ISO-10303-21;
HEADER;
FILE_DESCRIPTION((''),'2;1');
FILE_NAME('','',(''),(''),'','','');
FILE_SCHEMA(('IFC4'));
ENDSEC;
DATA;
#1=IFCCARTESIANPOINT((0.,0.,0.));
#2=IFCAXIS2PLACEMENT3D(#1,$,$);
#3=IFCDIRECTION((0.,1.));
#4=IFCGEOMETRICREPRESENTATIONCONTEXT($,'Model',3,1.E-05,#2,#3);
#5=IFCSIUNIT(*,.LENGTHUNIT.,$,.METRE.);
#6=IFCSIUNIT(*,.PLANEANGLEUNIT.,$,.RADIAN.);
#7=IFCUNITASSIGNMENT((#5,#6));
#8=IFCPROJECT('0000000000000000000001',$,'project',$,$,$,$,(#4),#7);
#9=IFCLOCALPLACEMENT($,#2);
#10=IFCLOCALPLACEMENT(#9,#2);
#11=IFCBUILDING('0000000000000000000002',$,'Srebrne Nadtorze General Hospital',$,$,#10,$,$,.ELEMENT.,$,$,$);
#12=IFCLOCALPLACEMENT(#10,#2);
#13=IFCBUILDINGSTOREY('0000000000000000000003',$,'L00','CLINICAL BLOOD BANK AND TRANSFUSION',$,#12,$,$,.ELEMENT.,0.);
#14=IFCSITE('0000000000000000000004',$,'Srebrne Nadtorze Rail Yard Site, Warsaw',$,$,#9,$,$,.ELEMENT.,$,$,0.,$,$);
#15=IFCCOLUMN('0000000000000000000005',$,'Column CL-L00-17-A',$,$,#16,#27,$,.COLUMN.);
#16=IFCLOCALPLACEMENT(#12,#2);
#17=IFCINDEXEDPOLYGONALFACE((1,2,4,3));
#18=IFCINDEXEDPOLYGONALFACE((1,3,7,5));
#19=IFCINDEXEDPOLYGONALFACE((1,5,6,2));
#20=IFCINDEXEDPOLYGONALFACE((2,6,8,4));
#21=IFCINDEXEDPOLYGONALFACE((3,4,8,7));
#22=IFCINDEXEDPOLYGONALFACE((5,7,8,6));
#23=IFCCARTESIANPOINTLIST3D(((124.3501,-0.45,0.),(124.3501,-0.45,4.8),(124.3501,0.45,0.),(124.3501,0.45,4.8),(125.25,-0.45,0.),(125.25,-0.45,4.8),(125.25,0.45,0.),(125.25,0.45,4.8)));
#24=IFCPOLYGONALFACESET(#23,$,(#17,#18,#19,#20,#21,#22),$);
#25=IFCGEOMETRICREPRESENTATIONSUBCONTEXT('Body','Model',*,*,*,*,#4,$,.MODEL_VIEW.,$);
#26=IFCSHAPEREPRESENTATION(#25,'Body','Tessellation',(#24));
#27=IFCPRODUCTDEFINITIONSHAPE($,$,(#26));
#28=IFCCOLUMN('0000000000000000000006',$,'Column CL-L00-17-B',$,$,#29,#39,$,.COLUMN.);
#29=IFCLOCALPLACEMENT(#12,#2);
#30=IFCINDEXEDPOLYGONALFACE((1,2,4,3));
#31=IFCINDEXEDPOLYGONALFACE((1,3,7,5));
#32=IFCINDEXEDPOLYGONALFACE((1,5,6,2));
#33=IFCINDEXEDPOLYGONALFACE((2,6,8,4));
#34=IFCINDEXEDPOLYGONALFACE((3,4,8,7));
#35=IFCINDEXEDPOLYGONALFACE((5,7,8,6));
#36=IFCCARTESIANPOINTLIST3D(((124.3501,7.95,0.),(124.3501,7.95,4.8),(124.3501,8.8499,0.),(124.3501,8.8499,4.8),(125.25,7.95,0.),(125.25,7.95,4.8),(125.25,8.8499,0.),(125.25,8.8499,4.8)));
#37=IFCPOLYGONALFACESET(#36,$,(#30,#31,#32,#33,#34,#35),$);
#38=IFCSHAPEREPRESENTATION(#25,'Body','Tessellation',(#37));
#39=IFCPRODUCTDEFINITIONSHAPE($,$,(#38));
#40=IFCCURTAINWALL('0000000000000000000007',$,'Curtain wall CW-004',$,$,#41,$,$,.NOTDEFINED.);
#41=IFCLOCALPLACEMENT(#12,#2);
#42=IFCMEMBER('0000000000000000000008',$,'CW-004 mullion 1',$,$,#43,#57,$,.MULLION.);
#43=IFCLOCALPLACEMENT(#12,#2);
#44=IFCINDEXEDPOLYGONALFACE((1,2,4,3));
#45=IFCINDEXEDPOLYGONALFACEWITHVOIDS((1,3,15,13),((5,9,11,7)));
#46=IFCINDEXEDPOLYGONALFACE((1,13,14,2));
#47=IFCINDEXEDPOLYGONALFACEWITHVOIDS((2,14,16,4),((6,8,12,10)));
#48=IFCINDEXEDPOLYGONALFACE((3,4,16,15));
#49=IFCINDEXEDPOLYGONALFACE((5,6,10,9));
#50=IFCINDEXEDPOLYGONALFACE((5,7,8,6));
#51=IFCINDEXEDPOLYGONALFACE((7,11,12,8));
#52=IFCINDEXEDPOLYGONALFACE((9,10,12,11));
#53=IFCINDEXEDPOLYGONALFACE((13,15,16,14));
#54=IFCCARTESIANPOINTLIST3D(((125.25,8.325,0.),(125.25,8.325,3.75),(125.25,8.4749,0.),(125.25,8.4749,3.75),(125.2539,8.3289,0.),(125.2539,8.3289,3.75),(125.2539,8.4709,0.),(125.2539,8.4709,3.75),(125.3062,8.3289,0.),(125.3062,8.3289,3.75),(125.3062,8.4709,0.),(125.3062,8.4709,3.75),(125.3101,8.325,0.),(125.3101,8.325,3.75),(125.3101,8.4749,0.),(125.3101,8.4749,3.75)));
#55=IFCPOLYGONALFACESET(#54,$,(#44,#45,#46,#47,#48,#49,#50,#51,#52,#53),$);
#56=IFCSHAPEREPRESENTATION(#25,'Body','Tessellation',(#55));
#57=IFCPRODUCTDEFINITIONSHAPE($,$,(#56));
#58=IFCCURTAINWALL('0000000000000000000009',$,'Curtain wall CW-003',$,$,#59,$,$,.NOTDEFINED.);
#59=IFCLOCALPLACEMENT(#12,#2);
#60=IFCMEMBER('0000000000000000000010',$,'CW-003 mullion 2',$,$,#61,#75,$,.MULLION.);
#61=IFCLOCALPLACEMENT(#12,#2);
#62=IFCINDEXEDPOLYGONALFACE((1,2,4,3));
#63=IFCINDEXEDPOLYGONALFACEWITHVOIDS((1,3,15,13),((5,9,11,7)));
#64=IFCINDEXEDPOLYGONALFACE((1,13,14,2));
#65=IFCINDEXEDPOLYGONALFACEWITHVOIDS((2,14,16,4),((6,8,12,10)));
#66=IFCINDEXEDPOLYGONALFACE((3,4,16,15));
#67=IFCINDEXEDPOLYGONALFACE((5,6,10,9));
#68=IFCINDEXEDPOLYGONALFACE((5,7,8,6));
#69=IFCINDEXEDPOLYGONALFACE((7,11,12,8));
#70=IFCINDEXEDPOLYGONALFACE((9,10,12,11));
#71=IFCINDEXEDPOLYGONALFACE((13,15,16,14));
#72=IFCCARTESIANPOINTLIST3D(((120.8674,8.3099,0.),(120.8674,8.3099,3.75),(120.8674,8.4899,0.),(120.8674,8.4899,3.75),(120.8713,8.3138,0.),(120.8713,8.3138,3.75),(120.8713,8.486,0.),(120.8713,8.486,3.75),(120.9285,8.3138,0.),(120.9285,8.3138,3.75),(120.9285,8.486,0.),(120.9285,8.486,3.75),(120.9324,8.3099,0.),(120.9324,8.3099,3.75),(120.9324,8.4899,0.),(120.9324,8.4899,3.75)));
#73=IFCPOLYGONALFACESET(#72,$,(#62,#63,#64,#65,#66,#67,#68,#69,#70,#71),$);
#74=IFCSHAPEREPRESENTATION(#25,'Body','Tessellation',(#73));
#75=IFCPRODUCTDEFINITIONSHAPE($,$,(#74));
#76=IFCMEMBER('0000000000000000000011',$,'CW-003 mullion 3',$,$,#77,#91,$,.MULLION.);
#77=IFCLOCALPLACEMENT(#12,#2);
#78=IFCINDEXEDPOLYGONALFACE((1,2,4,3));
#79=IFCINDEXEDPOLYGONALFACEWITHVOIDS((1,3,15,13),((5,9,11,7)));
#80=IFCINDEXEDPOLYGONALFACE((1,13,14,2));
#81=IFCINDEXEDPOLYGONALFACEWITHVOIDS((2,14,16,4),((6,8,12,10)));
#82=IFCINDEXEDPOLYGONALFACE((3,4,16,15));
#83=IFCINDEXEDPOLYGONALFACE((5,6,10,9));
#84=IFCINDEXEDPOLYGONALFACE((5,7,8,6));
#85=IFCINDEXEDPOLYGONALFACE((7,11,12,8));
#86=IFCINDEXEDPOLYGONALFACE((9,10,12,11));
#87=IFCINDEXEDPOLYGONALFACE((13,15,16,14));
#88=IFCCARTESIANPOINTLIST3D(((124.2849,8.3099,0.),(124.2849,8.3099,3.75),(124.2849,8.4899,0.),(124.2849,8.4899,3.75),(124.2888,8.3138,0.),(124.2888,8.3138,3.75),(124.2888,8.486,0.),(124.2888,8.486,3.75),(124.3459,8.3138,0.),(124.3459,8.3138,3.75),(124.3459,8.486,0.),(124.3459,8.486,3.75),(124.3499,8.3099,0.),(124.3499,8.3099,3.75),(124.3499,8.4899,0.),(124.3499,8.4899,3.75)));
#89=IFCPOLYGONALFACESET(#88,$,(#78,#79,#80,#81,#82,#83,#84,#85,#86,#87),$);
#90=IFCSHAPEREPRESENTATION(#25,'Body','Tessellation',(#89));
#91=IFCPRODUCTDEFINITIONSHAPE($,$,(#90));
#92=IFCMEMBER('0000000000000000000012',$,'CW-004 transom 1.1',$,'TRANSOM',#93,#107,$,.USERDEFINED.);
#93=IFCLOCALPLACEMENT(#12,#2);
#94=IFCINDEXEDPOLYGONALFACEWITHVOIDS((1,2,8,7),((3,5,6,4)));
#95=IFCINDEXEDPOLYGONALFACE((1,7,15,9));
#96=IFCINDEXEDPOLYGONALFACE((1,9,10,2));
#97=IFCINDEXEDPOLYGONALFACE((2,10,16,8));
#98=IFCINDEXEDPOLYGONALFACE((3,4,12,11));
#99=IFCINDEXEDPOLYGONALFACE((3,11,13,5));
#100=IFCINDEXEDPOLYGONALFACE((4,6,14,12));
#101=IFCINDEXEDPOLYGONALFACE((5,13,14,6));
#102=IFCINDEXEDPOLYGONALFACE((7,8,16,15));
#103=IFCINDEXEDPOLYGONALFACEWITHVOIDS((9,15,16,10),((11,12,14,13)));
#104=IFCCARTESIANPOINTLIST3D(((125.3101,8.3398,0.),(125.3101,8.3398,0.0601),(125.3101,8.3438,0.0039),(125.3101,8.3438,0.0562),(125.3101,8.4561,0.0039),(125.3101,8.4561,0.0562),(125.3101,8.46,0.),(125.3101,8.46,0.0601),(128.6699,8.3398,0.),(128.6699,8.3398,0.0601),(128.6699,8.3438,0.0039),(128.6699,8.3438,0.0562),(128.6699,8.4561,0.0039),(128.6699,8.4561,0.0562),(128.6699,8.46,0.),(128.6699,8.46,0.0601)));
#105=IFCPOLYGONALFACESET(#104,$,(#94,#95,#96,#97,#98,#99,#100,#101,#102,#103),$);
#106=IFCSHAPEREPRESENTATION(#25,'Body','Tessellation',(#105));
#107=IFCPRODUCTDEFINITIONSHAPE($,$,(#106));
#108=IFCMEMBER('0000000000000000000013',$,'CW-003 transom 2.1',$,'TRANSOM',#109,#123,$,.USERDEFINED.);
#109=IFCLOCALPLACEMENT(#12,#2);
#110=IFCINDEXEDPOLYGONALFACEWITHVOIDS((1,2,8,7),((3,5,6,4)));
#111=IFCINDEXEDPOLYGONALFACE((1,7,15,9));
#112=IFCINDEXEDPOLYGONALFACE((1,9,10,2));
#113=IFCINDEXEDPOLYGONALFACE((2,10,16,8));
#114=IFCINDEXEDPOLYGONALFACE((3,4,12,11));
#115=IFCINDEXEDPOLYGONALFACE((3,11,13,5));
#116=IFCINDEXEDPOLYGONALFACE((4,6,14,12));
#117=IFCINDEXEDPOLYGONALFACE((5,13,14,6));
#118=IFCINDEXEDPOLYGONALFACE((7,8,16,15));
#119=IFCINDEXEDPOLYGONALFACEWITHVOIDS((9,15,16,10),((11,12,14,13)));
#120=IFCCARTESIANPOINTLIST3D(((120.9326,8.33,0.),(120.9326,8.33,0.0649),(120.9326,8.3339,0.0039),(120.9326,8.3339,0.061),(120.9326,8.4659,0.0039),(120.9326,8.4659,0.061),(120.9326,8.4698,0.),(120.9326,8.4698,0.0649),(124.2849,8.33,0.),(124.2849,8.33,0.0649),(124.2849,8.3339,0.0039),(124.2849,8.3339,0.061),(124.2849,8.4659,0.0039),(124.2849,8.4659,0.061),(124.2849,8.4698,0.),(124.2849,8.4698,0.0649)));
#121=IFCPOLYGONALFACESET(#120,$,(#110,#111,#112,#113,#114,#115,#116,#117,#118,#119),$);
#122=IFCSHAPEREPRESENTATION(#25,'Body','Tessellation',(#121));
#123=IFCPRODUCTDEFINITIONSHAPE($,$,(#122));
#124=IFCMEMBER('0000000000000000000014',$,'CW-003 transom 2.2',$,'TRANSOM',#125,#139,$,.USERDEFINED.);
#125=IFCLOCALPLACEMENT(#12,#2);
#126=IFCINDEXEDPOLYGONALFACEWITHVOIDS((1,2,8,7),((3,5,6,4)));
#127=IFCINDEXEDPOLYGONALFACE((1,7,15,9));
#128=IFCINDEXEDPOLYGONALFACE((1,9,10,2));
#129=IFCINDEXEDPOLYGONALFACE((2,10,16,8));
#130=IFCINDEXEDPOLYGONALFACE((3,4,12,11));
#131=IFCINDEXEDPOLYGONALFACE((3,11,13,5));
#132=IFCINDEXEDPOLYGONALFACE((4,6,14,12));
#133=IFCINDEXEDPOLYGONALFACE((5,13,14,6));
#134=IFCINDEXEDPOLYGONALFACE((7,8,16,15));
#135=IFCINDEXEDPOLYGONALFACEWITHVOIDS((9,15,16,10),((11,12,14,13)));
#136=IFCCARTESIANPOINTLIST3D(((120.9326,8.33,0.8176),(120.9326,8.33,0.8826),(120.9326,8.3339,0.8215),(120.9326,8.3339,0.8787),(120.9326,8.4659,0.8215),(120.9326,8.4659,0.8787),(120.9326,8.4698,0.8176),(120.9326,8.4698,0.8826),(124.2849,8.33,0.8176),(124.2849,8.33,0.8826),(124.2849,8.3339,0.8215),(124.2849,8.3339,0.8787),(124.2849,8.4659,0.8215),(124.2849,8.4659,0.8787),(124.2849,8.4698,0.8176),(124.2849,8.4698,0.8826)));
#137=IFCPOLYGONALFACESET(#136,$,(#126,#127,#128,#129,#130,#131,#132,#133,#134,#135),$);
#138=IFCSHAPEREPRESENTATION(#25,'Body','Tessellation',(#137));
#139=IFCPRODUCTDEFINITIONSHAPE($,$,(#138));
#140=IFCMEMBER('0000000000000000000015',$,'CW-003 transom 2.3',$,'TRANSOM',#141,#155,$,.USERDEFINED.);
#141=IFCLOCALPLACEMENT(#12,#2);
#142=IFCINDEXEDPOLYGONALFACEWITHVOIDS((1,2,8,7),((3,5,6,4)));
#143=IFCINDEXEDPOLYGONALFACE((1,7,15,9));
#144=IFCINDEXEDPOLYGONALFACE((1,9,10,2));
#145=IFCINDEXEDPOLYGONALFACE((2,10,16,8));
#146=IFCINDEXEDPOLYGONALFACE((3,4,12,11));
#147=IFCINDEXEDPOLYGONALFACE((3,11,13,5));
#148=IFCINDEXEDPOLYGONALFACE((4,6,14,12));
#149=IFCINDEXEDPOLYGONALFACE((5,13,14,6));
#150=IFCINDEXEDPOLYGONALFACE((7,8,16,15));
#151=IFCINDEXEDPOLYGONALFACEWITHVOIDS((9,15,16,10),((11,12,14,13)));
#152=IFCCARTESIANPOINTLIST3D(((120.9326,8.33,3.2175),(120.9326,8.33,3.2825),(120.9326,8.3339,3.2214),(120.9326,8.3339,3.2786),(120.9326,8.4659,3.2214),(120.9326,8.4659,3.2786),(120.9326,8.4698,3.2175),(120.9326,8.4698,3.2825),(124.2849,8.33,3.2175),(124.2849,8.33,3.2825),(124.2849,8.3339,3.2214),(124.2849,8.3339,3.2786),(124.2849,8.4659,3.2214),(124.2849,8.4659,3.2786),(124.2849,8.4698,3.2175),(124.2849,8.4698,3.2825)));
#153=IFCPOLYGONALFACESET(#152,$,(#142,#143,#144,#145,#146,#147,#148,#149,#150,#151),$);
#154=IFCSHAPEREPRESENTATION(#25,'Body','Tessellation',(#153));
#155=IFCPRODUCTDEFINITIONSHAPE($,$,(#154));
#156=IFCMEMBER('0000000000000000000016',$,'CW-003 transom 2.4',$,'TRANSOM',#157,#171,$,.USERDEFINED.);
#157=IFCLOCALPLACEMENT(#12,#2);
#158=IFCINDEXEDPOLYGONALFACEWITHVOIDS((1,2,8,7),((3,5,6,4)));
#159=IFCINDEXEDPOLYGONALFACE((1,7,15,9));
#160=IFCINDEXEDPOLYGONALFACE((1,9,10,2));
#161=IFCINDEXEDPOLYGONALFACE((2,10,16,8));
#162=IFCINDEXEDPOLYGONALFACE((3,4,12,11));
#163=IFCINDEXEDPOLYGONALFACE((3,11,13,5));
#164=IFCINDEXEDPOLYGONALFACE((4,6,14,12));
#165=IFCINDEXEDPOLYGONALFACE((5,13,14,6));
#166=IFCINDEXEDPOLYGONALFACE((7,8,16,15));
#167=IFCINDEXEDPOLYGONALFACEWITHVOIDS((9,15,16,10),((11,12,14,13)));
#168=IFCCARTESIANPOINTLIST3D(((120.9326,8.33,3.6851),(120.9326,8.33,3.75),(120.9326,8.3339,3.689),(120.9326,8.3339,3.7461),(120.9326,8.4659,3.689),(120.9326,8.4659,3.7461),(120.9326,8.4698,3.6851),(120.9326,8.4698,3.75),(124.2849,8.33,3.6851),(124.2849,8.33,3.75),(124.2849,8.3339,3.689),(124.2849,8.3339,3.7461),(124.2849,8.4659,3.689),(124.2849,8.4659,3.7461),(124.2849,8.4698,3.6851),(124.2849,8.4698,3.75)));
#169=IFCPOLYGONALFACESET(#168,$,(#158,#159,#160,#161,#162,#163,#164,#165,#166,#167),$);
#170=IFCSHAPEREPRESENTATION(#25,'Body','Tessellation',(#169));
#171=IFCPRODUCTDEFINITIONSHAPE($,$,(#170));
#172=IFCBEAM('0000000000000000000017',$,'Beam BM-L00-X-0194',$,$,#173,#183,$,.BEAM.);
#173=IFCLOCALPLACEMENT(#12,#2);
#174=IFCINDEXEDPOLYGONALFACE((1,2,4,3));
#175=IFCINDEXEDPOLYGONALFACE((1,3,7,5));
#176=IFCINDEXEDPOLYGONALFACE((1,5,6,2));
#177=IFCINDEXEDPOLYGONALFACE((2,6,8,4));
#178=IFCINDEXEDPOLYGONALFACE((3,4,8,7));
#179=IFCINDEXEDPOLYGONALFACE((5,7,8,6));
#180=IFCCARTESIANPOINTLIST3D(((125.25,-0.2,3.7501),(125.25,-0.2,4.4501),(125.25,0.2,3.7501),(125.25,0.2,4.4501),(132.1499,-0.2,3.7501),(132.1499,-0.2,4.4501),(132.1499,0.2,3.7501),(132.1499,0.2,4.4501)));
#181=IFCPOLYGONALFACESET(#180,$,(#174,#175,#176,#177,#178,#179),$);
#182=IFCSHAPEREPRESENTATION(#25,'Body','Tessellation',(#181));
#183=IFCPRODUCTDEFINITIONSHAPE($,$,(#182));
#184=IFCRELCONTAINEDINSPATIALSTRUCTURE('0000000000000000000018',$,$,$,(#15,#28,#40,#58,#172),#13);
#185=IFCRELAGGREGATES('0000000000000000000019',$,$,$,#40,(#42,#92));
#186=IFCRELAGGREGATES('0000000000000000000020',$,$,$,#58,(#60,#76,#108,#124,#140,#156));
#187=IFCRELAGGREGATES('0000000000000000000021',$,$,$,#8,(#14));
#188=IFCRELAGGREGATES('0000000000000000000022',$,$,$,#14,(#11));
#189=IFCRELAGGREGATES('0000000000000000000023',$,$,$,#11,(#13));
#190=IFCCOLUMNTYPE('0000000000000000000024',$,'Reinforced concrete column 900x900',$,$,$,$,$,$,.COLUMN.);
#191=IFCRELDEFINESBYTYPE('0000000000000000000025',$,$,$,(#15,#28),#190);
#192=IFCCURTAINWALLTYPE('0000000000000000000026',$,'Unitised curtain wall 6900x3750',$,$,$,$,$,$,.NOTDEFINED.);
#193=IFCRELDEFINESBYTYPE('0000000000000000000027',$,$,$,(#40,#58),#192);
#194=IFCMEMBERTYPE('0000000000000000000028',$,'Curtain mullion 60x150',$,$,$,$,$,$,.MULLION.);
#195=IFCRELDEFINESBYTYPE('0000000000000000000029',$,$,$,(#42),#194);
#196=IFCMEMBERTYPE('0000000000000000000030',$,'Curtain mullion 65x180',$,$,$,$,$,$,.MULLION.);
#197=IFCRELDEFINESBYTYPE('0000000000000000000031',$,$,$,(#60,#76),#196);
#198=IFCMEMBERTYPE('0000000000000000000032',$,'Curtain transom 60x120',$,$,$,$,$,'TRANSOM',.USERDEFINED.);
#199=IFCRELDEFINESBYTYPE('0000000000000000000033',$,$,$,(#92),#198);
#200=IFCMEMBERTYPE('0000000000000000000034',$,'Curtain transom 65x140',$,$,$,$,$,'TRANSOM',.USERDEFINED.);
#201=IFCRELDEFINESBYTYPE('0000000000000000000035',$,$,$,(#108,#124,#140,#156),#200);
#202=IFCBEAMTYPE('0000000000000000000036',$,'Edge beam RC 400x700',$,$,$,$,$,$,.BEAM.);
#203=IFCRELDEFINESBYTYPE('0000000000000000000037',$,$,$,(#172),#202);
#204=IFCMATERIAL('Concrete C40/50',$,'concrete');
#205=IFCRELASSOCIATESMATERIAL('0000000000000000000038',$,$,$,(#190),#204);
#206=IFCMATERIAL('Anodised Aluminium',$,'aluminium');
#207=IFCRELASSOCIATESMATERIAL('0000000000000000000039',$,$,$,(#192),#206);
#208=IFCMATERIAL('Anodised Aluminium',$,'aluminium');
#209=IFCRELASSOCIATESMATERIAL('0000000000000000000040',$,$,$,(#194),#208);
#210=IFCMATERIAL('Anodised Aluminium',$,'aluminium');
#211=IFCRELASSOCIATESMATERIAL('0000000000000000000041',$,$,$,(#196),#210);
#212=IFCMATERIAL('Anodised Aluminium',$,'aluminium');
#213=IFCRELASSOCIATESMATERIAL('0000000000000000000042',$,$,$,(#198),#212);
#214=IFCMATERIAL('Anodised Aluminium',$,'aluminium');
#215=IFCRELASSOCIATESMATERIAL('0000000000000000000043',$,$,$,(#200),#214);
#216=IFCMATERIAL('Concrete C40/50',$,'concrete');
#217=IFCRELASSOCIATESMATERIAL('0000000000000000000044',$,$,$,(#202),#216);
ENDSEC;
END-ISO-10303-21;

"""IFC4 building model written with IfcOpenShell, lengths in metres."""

from ifc_helpers import new_model, si_unit, direction, frame, origin, origin_2d, place, context, subcontext, project, spatial, rectangle, hollow_rectangle, extrude, material, material_profile, profile_set, type_object, element, aggregate, save


model = new_model("IFC4")

# Units and contexts
model_context = context("Model", 3, precision=1e-05, world=origin(), true_north=direction((0.0, 1.0)))
body_context = subcontext(model_context, "Body", "Model", "MODEL_VIEW")
ifc_project = project(units=[si_unit("LENGTHUNIT", "METRE"), si_unit("PLANEANGLEUNIT", "RADIAN")], contexts=[model_context])

# Site, building, storey
site_placement = place(None, origin())
site = spatial("IfcSite", under=ifc_project, at=site_placement, Name="Srebrne Nadtorze Rail Yard Site, Warsaw", CompositionType="ELEMENT", RefElevation=0.0)
building_placement = place(site_placement, origin())
building = spatial("IfcBuilding", under=site, at=building_placement, Name="Srebrne Nadtorze General Hospital", CompositionType="ELEMENT")
storey_placement = place(building_placement, origin())
storey = spatial("IfcBuildingStorey", under=building, at=storey_placement, Name="L00", Description="CLINICAL BLOOD BANK AND TRANSFUSION", CompositionType="ELEMENT", Elevation=0.0)

# Columns
ifc_material_1 = material(Name="Concrete C40/50", Category="concrete")
ifc_material_profile_1 = material_profile(ifc_material_1, rectangle(XDim=0.8999, YDim=0.8999, at=origin_2d()), Name="RC-COL-900x900")
ifc_profile_set_1 = profile_set([ifc_material_profile_1], Name="Concrete C40/50")
column_type = type_object("IfcColumnType", Name="Reinforced concrete column 900x900", PredefinedType="COLUMN", material=ifc_profile_set_1)
for number, where, z_axis, x_axis, name in (
    (1, (124.8, 0.0, 0.0), (0.0, 0.0, 1.0), (1.0, 0.0, 0.0), "Column CL-L00-17-A"),
    (2, (124.8, 8.3999, 0.0), (0.0, 0.0, 1.0), (1.0, 0.0, 0.0), "Column CL-L00-17-B"),
):
    element("IfcColumn", number, at=place(storey_placement, frame(where, z_axis=z_axis, x_axis=x_axis)), inside=storey, type_object=column_type, Name=name, PredefinedType="COLUMN", context=body_context, shape_type="SweptSolid", body=[
        extrude(rectangle(XDim=0.8999, YDim=0.8999, at=origin_2d()), origin(), (0.0, 0.0, 1.0), 4.8),
    ])

# Curtain wall, member
ifc_material_2 = material(Name="Anodised Aluminium", Category="aluminium")
curtain_wall_type = type_object("IfcCurtainWallType", Name="Unitised curtain wall 6900x3750", PredefinedType="NOTDEFINED", material=ifc_material_2)
curtain_wall_1_placement = place(storey_placement, origin())
curtain_wall_1 = element("IfcCurtainWall", 3, at=curtain_wall_1_placement, inside=storey, type_object=curtain_wall_type, Name="Curtain wall CW-004", PredefinedType="NOTDEFINED")
ifc_material_3 = material(Name="Anodised Aluminium", Category="aluminium")
ifc_material_profile_2 = material_profile(ifc_material_3, hollow_rectangle(XDim=0.0601, YDim=0.1499, WallThickness=0.0039, at=origin_2d()), Name="AL-MUL-60x150")
ifc_profile_set_2 = profile_set([ifc_material_profile_2], Name="Anodised Aluminium")
member_type_1 = type_object("IfcMemberType", Name="Curtain mullion 60x150", PredefinedType="MULLION", material=ifc_profile_set_2)
member_1_placement = place(storey_placement, frame((125.28, 8.3999, 0.0), z_axis=(0.0, 0.0, 1.0), x_axis=(1.0, 0.0, 0.0)))
member_1 = element("IfcMember", 4, at=member_1_placement, type_object=member_type_1, Name="CW-004 mullion 1", PredefinedType="MULLION", context=body_context, shape_type="SweptSolid", body=[
    extrude(hollow_rectangle(XDim=0.0601, YDim=0.1499, WallThickness=0.0039, at=origin_2d()), origin(), (0.0, 0.0, 1.0), 3.75),
])

# Curtain wall, members
curtain_wall_2_placement = place(storey_placement, origin())
curtain_wall_2 = element("IfcCurtainWall", 5, at=curtain_wall_2_placement, inside=storey, type_object=curtain_wall_type, Name="Curtain wall CW-003", PredefinedType="NOTDEFINED")
ifc_material_4 = material(Name="Anodised Aluminium", Category="aluminium")
ifc_material_profile_3 = material_profile(ifc_material_4, hollow_rectangle(XDim=0.0649, YDim=0.1799, WallThickness=0.0039, at=origin_2d()), Name="AL-MUL-65x180")
ifc_profile_set_3 = profile_set([ifc_material_profile_3], Name="Anodised Aluminium")
member_type_2 = type_object("IfcMemberType", Name="Curtain mullion 65x180", PredefinedType="MULLION", material=ifc_profile_set_3)
member_2_placement = place(storey_placement, frame((120.8999, 8.3999, 0.0), z_axis=(0.0, 0.0, 1.0), x_axis=(1.0, 0.0, 0.0)))
member_2 = element("IfcMember", 6, at=member_2_placement, type_object=member_type_2, Name="CW-003 mullion 2", PredefinedType="MULLION", context=body_context, shape_type="SweptSolid", body=[
    extrude(hollow_rectangle(XDim=0.0649, YDim=0.1799, WallThickness=0.0039, at=origin_2d()), origin(), (0.0, 0.0, 1.0), 3.75),
])
member_3_placement = place(storey_placement, frame((124.3174, 8.3999, 0.0), z_axis=(0.0, 0.0, 1.0), x_axis=(1.0, 0.0, 0.0)))
member_3 = element("IfcMember", 7, at=member_3_placement, type_object=member_type_2, Name="CW-003 mullion 3", PredefinedType="MULLION", context=body_context, shape_type="SweptSolid", body=[
    extrude(hollow_rectangle(XDim=0.0649, YDim=0.1799, WallThickness=0.0039, at=origin_2d()), origin(), (0.0, 0.0, 1.0), 3.75),
])

# Members
ifc_material_5 = material(Name="Anodised Aluminium", Category="aluminium")
ifc_material_profile_4 = material_profile(ifc_material_5, hollow_rectangle(XDim=0.0601, YDim=0.1201, WallThickness=0.0039, at=origin_2d()), Name="AL-TRN-60x120")
ifc_profile_set_4 = profile_set([ifc_material_profile_4], Name="Anodised Aluminium")
member_type_3 = type_object("IfcMemberType", Name="Curtain transom 60x120", ElementType="TRANSOM", PredefinedType="USERDEFINED", material=ifc_profile_set_4)
member_4_placement = place(storey_placement, frame((125.3101, 8.3999, 0.03), z_axis=(1.0, 0.0, 0.0), x_axis=(0.0, 0.0, 1.0)))
member_4 = element("IfcMember", 8, at=member_4_placement, type_object=member_type_3, Name="CW-004 transom 1.1", ObjectType="TRANSOM", PredefinedType="USERDEFINED", context=body_context, shape_type="SweptSolid", body=[
    extrude(hollow_rectangle(XDim=0.0601, YDim=0.1201, WallThickness=0.0039, at=origin_2d()), origin(), (0.0, 0.0, 1.0), 3.3599),
])
aggregate(curtain_wall_1, [member_1, member_4])
ifc_material_6 = material(Name="Anodised Aluminium", Category="aluminium")
ifc_material_profile_5 = material_profile(ifc_material_6, hollow_rectangle(XDim=0.0649, YDim=0.1399, WallThickness=0.0039, at=origin_2d()), Name="AL-TRN-65x140")
ifc_profile_set_5 = profile_set([ifc_material_profile_5], Name="Anodised Aluminium")
member_type_4 = type_object("IfcMemberType", Name="Curtain transom 65x140", ElementType="TRANSOM", PredefinedType="USERDEFINED", material=ifc_profile_set_5)
member_5_placement = place(storey_placement, frame((120.9326, 8.3999, 0.0325), z_axis=(1.0, 0.0, 0.0), x_axis=(0.0, 0.0, 1.0)))
member_5 = element("IfcMember", 9, at=member_5_placement, type_object=member_type_4, Name="CW-003 transom 2.1", ObjectType="TRANSOM", PredefinedType="USERDEFINED", context=body_context, shape_type="SweptSolid", body=[
    extrude(hollow_rectangle(XDim=0.0649, YDim=0.1399, WallThickness=0.0039, at=origin_2d()), origin(), (0.0, 0.0, 1.0), 3.3523),
])
member_6_placement = place(storey_placement, frame((120.9326, 8.3999, 0.8501), z_axis=(1.0, 0.0, 0.0), x_axis=(0.0, 0.0, 1.0)))
member_6 = element("IfcMember", 10, at=member_6_placement, type_object=member_type_4, Name="CW-003 transom 2.2", ObjectType="TRANSOM", PredefinedType="USERDEFINED", context=body_context, shape_type="SweptSolid", body=[
    extrude(hollow_rectangle(XDim=0.0649, YDim=0.1399, WallThickness=0.0039, at=origin_2d()), origin(), (0.0, 0.0, 1.0), 3.3523),
])
member_7_placement = place(storey_placement, frame((120.9326, 8.3999, 3.25), z_axis=(1.0, 0.0, 0.0), x_axis=(0.0, 0.0, 1.0)))
member_7 = element("IfcMember", 11, at=member_7_placement, type_object=member_type_4, Name="CW-003 transom 2.3", ObjectType="TRANSOM", PredefinedType="USERDEFINED", context=body_context, shape_type="SweptSolid", body=[
    extrude(hollow_rectangle(XDim=0.0649, YDim=0.1399, WallThickness=0.0039, at=origin_2d()), origin(), (0.0, 0.0, 1.0), 3.3523),
])
member_8_placement = place(storey_placement, frame((120.9326, 8.3999, 3.7175), z_axis=(1.0, 0.0, 0.0), x_axis=(0.0, 0.0, 1.0)))
member_8 = element("IfcMember", 12, at=member_8_placement, type_object=member_type_4, Name="CW-003 transom 2.4", ObjectType="TRANSOM", PredefinedType="USERDEFINED", context=body_context, shape_type="SweptSolid", body=[
    extrude(hollow_rectangle(XDim=0.0649, YDim=0.1399, WallThickness=0.0039, at=origin_2d()), origin(), (0.0, 0.0, 1.0), 3.3523),
])

# Beam
ifc_material_7 = material(Name="Concrete C40/50", Category="concrete")
ifc_material_profile_6 = material_profile(ifc_material_7, rectangle(XDim=0.3999, YDim=0.7, at=origin_2d()), Name="RC-BM-400x700")
ifc_profile_set_6 = profile_set([ifc_material_profile_6], Name="Concrete C40/50")
beam_type = type_object("IfcBeamType", Name="Edge beam RC 400x700", PredefinedType="BEAM", material=ifc_profile_set_6)
for number, where, z_axis, x_axis, name in (
    (13, (125.25, 0.0, 4.1001), (1.0, 0.0, 0.0), (0.0, 1.0, 0.0), "Beam BM-L00-X-0194"),
):
    element("IfcBeam", number, at=place(storey_placement, frame(where, z_axis=z_axis, x_axis=x_axis)), inside=storey, type_object=beam_type, Name=name, PredefinedType="BEAM", context=body_context, shape_type="SweptSolid", body=[
        extrude(rectangle(XDim=0.3999, YDim=0.7, at=origin_2d()), origin(), (0.0, 0.0, 1.0), 6.8999),
    ])

aggregate(curtain_wall_2, [member_2, member_3, member_5, member_6, member_7, member_8])

save(model, "model.ifc")
